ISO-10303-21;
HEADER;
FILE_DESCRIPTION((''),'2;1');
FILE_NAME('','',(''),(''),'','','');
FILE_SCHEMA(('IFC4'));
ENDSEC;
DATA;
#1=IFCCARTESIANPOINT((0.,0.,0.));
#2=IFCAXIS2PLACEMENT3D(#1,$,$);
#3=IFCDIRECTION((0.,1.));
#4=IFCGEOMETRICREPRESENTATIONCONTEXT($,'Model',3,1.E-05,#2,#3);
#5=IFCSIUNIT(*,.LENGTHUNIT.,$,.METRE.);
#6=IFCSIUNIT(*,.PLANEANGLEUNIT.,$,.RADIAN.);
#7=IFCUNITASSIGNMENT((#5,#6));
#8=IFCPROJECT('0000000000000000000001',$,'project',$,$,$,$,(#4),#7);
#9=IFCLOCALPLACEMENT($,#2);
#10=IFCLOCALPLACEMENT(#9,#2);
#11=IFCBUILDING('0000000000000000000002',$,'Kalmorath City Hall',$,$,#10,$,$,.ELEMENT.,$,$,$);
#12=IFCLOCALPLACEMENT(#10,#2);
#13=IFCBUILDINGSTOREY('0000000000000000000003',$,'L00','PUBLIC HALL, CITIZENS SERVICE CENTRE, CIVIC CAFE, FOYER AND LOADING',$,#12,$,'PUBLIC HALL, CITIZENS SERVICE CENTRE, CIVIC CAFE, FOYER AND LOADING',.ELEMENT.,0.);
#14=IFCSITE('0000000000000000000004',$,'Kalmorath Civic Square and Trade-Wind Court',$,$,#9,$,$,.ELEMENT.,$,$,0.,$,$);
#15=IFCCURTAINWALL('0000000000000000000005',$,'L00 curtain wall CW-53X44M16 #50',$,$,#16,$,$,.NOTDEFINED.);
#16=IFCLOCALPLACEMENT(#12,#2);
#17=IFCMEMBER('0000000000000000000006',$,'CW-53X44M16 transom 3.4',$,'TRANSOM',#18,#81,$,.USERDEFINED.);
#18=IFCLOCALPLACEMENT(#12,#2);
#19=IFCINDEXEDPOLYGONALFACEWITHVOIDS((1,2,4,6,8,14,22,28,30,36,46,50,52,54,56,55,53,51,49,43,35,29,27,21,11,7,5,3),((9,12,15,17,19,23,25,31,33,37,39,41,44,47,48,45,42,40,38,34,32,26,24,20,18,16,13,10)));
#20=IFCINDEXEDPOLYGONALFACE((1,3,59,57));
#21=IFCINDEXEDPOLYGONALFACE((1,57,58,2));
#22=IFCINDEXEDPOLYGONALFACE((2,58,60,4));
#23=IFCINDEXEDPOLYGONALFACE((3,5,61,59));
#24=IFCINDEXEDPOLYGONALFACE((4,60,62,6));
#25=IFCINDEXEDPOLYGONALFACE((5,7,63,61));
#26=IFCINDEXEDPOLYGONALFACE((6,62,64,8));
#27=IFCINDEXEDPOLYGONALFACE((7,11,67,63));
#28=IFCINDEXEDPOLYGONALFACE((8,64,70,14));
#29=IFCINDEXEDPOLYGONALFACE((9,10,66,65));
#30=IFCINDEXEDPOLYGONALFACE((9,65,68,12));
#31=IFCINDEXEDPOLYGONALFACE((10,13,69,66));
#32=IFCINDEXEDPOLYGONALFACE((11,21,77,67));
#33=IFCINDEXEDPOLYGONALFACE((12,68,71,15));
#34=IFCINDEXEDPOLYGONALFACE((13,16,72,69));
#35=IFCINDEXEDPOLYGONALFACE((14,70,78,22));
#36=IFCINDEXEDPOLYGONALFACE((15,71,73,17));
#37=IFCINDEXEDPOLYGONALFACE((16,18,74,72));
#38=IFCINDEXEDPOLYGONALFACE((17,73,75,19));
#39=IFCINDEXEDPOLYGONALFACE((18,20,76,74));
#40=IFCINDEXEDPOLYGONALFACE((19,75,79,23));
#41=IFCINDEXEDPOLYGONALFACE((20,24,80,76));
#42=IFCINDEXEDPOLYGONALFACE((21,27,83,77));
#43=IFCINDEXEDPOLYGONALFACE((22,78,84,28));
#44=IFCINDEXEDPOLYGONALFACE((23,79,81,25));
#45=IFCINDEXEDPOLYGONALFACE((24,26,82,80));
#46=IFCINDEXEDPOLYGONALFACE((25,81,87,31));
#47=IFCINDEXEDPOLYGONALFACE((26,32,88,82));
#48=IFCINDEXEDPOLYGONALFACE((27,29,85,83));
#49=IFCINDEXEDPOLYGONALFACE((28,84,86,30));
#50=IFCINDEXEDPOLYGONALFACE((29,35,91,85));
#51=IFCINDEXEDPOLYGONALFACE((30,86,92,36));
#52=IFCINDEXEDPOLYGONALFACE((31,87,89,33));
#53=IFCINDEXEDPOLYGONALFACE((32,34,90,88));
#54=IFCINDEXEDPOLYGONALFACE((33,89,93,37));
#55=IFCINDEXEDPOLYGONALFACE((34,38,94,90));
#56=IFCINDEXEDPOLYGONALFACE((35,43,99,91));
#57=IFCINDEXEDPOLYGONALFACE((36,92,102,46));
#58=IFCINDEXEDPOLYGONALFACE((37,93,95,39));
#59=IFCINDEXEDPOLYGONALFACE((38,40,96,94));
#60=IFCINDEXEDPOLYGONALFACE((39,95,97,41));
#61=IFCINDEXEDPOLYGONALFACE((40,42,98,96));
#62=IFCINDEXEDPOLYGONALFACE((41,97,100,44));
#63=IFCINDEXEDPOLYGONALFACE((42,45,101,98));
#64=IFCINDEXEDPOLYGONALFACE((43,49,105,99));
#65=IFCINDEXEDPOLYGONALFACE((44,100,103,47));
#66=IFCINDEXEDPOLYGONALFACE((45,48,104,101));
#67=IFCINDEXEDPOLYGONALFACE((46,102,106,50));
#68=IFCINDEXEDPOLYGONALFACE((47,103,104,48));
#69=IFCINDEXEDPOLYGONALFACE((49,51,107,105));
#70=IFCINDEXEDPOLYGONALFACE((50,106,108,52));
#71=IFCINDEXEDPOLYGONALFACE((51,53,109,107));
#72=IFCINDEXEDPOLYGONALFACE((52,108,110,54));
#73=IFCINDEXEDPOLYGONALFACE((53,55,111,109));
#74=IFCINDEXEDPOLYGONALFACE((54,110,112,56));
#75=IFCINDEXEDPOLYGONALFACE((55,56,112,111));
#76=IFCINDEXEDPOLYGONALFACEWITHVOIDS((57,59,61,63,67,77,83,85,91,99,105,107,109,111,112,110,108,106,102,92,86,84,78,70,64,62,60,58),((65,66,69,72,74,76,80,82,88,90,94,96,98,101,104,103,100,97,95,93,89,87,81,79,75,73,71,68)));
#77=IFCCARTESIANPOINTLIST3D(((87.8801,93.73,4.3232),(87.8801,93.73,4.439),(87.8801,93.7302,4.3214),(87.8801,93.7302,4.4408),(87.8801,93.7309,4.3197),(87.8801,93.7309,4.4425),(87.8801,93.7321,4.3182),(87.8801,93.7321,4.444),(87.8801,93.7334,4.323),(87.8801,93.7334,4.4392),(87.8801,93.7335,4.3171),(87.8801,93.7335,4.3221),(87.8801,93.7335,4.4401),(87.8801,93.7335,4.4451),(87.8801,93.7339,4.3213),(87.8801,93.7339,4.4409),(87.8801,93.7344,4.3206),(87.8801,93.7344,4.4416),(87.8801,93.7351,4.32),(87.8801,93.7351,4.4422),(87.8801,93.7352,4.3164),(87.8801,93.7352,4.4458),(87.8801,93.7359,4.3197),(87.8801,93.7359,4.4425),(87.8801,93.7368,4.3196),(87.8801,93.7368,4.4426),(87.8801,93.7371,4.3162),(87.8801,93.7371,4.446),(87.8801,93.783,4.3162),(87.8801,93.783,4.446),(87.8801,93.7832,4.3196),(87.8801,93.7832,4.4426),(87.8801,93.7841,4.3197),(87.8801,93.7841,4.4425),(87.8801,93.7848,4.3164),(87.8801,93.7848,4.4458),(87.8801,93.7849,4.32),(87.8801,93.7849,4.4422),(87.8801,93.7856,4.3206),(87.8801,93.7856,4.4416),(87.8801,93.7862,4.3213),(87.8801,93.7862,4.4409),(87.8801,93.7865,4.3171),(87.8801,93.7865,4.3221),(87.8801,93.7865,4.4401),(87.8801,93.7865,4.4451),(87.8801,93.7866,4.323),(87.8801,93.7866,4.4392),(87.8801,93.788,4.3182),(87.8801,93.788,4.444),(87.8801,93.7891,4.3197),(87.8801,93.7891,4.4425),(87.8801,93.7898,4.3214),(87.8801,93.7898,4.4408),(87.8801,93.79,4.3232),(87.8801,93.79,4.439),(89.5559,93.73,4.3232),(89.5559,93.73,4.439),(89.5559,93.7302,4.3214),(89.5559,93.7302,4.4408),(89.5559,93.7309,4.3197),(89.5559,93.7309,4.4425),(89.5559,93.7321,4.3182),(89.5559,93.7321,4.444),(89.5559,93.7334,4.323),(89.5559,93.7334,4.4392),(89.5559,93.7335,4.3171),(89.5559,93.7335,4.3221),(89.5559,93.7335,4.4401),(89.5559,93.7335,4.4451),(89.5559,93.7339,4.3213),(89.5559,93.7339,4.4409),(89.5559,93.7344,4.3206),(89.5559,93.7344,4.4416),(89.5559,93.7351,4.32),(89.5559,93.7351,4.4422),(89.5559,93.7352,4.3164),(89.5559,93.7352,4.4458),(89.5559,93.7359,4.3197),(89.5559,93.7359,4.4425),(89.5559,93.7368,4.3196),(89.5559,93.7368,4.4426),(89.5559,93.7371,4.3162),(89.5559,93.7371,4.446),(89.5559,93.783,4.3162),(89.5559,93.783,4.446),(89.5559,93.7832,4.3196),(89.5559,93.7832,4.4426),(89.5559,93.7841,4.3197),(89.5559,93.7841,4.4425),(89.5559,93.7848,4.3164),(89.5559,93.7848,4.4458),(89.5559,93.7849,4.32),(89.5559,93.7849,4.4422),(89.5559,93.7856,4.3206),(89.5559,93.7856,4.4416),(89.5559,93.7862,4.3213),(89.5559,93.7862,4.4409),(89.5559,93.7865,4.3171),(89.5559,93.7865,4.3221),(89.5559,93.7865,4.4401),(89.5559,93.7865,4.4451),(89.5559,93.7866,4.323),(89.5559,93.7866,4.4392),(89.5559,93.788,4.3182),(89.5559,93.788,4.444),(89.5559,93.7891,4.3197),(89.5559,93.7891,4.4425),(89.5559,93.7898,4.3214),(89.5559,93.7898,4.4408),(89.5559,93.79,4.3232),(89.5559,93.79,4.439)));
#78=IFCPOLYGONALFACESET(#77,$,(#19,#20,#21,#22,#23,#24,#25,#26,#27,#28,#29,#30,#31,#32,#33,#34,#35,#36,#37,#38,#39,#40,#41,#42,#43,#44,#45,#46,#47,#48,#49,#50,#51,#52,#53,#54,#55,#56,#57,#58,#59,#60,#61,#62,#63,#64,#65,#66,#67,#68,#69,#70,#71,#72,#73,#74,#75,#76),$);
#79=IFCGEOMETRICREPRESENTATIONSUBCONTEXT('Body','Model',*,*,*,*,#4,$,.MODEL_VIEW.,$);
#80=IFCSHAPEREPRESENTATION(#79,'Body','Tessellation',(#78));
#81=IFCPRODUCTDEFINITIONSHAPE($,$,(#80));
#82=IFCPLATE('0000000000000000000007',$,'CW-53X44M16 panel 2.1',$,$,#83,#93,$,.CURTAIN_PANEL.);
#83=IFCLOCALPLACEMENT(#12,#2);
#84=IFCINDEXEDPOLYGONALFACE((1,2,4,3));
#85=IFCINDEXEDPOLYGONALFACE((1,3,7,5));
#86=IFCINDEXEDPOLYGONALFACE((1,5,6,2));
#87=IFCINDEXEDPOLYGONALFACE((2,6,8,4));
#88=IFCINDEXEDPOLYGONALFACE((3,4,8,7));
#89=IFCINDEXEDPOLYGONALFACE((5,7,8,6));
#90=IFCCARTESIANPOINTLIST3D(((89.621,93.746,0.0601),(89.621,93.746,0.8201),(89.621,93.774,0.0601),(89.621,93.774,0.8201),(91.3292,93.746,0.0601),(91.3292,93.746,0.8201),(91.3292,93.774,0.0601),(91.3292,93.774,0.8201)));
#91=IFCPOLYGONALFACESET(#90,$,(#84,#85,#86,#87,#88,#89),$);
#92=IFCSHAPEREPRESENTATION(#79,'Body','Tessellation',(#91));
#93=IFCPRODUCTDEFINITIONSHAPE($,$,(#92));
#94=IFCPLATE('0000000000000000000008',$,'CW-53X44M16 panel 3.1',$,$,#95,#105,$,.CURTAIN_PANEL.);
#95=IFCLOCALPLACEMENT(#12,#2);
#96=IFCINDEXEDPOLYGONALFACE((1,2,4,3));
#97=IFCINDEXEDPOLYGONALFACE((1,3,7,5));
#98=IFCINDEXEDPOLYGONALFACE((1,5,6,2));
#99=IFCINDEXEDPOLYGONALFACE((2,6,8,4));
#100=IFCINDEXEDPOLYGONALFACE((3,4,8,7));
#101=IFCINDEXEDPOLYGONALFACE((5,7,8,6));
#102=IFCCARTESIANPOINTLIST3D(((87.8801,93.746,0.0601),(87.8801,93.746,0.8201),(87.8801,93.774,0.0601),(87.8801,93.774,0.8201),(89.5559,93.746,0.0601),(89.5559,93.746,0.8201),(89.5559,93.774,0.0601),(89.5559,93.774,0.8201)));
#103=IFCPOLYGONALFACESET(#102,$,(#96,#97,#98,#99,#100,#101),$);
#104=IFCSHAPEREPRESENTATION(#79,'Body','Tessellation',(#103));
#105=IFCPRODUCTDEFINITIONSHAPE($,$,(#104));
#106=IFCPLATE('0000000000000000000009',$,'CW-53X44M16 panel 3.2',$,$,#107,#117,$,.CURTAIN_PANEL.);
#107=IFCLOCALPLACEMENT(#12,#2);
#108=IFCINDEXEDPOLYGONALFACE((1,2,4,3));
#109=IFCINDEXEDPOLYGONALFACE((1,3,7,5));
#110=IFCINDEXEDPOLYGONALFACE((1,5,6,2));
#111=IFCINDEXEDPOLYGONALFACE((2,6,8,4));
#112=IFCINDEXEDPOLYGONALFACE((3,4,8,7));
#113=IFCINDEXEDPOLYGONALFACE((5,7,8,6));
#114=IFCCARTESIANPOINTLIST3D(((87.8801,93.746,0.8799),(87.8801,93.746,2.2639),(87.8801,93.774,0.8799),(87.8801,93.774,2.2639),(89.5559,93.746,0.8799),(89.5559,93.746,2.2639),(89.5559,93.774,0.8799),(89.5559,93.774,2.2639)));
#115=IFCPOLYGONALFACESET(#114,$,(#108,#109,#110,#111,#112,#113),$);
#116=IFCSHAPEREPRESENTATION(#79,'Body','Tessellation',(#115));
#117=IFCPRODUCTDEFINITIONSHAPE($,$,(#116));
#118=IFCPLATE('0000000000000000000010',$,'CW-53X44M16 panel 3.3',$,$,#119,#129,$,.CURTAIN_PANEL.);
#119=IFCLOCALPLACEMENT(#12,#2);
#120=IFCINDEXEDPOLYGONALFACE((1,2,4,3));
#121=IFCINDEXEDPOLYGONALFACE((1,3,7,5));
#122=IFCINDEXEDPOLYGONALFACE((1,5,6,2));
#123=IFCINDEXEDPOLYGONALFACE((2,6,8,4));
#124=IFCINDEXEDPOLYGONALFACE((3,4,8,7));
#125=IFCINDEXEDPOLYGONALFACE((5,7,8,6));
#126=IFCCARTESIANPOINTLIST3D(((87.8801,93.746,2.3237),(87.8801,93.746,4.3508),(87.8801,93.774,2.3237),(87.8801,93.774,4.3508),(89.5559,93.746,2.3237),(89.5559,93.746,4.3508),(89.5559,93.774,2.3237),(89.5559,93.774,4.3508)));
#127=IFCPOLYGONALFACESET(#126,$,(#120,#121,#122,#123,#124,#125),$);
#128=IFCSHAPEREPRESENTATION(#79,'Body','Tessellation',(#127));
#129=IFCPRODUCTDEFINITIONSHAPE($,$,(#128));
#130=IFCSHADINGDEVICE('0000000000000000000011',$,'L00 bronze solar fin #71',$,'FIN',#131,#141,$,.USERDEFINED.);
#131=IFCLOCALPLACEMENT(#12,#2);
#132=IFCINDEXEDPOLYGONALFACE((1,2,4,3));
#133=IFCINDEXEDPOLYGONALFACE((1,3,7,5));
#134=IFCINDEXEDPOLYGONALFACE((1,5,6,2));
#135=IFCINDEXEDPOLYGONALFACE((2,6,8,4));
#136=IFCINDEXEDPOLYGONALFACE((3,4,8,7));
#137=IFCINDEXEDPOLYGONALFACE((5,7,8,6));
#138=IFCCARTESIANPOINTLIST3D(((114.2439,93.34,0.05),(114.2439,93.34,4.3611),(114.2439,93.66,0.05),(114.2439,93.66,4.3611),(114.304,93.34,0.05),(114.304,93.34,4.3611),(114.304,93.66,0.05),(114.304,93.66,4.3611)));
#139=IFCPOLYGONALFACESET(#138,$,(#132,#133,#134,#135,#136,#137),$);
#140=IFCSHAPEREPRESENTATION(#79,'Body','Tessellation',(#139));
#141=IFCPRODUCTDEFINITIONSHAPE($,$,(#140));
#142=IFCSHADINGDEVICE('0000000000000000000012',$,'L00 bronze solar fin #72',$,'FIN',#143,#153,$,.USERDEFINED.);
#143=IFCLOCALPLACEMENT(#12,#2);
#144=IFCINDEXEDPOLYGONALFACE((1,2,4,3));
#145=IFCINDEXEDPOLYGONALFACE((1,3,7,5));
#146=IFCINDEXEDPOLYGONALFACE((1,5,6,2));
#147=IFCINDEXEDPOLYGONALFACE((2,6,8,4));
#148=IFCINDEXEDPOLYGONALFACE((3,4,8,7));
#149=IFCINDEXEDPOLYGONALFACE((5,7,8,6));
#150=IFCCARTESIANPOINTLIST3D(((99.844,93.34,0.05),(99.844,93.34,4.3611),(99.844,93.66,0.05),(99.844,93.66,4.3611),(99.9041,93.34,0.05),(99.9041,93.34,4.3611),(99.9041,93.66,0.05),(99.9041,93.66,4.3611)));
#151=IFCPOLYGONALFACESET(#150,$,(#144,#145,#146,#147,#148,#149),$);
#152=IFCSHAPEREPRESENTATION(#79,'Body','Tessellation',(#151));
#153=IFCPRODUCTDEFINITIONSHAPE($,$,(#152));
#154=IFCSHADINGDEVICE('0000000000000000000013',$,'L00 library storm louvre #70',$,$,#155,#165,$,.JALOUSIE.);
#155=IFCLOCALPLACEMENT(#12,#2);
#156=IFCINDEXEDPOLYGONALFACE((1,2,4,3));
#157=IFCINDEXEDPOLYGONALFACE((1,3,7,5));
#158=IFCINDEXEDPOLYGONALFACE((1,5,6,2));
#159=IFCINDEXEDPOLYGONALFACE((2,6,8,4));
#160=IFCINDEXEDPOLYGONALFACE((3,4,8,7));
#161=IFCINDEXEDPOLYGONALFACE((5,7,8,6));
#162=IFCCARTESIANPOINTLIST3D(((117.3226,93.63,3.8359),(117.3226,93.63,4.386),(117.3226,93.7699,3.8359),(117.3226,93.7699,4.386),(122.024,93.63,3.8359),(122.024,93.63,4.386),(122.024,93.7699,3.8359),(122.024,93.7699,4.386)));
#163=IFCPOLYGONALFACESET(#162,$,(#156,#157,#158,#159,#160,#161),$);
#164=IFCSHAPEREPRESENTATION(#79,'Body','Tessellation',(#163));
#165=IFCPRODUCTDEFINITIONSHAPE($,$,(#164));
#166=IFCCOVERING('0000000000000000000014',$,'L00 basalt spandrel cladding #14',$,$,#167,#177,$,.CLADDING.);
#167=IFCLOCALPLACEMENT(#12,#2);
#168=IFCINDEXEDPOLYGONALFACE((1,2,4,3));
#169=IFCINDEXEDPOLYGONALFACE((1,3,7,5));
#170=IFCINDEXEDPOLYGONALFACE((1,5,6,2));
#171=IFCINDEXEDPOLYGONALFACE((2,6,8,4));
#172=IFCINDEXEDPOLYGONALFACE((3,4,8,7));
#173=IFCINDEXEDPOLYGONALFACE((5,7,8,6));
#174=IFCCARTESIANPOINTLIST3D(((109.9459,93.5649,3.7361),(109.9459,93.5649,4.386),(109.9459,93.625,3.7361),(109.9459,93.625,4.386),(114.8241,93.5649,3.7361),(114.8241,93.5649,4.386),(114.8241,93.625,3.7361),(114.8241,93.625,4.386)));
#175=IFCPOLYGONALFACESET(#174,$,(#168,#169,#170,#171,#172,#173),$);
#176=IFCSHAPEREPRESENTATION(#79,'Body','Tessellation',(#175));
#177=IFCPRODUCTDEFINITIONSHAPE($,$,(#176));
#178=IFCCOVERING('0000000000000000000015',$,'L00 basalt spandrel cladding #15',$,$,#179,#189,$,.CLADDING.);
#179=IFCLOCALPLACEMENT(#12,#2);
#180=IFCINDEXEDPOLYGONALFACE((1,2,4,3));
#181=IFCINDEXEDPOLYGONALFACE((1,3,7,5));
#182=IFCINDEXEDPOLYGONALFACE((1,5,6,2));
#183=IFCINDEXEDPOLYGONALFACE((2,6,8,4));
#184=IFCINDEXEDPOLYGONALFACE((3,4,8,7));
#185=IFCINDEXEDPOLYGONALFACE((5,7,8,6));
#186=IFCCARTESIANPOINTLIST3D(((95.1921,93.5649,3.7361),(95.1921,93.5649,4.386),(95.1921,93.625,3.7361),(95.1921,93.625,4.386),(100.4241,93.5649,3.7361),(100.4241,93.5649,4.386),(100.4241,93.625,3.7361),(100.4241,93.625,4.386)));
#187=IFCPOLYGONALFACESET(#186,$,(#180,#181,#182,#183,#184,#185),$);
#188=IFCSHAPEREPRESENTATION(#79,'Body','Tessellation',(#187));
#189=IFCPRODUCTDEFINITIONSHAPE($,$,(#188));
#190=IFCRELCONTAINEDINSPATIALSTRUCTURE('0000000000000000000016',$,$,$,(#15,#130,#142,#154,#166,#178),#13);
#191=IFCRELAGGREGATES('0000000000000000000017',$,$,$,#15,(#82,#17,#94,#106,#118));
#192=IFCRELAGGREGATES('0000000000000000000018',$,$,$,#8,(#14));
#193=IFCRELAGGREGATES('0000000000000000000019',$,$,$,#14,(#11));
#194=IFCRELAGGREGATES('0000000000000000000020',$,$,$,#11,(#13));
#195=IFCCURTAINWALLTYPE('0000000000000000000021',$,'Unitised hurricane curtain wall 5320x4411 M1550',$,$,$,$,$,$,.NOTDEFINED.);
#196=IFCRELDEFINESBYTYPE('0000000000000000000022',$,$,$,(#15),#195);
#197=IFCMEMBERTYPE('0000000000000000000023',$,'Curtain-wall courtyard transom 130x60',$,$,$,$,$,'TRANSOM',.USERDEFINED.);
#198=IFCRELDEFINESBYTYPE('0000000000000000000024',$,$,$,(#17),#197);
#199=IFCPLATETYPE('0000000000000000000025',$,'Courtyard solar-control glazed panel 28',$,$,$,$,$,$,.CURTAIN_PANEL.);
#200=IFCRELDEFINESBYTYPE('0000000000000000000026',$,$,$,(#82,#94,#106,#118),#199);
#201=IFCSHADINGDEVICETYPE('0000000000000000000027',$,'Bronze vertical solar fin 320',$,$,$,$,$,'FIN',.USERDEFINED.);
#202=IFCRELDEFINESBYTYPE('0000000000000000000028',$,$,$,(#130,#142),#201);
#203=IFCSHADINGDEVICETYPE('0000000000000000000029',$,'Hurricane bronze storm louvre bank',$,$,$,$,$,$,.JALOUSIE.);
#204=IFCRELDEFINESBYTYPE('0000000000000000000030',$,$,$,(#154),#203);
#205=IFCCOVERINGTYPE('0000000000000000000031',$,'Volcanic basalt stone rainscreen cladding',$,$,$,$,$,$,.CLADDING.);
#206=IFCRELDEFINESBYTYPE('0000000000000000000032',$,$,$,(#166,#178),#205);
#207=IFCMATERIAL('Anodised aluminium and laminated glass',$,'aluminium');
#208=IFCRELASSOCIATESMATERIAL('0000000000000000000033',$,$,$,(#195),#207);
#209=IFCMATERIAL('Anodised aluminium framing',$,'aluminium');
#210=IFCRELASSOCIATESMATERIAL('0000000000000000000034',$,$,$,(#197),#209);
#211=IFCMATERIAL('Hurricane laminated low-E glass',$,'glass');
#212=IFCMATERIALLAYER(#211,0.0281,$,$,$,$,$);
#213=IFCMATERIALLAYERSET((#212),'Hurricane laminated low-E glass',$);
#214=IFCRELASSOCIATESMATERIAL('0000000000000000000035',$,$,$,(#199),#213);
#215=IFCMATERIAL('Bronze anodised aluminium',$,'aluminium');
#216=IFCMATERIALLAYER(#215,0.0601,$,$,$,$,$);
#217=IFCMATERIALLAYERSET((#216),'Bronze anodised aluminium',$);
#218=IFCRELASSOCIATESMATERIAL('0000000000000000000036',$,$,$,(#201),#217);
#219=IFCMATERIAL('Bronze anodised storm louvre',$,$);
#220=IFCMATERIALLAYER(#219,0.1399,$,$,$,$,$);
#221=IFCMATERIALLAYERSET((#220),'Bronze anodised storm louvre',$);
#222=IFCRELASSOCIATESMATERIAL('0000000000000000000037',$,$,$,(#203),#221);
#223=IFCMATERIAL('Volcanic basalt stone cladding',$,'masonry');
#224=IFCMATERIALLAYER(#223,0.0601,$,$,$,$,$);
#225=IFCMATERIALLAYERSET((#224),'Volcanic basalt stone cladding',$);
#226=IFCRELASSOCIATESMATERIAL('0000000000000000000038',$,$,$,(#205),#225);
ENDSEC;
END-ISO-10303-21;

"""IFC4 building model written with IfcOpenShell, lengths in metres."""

from ifc_helpers import new_model, si_unit, direction, frame, origin, origin_2d, place, context, subcontext, project, spatial, rectangle, hollow_rectangle, extrude, material, layer, layer_set, material_profile, profile_set, type_object, element, aggregate, save


model = new_model("IFC4")

# Units and contexts
model_context = context("Model", 3, precision=1e-05, world=origin(), true_north=direction((0.0, 1.0)))
body_context = subcontext(model_context, "Body", "Model", "MODEL_VIEW")
ifc_project = project(units=[si_unit("LENGTHUNIT", "METRE"), si_unit("PLANEANGLEUNIT", "RADIAN")], contexts=[model_context])

# Site, building, storey
site_placement = place(None, origin())
site = spatial("IfcSite", under=ifc_project, at=site_placement, Name="Kalmorath Civic Square and Trade-Wind Court", CompositionType="ELEMENT", RefElevation=0.0)
building_placement = place(site_placement, origin())
building = spatial("IfcBuilding", under=site, at=building_placement, Name="Kalmorath City Hall", CompositionType="ELEMENT")
storey_placement = place(building_placement, origin())
storey = spatial("IfcBuildingStorey", under=building, at=storey_placement, Name="L00", Description="PUBLIC HALL, CITIZENS SERVICE CENTRE, CIVIC CAFE, FOYER AND LOADING", LongName="PUBLIC HALL, CITIZENS SERVICE CENTRE, CIVIC CAFE, FOYER AND LOADING", CompositionType="ELEMENT", Elevation=0.0)

# Curtain wall, member, plates
ifc_material_1 = material(Name="Anodised aluminium and laminated glass", Category="aluminium")
curtain_wall_type = type_object("IfcCurtainWallType", Name="Unitised hurricane curtain wall 5320x4411 M1550", PredefinedType="NOTDEFINED", material=ifc_material_1)
curtain_wall_placement = place(storey_placement, origin())
curtain_wall = element("IfcCurtainWall", 1, at=curtain_wall_placement, inside=storey, type_object=curtain_wall_type, Name="L00 curtain wall CW-53X44M16 #50", PredefinedType="NOTDEFINED")
ifc_material_2 = material(Name="Anodised aluminium framing", Category="aluminium")
ifc_material_profile_1 = material_profile(ifc_material_2, hollow_rectangle(XDim=0.0601, YDim=0.1299, WallThickness=0.0034, InnerFilletRadius=0.0034, OuterFilletRadius=0.0071, at=origin_2d()), Name="ALU-TRN-130X60X3.5")
ifc_profile_set_1 = profile_set([ifc_material_profile_1], Name="Anodised aluminium framing")
member_type_1 = type_object("IfcMemberType", Name="Curtain-wall courtyard transom 130x60", ElementType="TRANSOM", PredefinedType="USERDEFINED", material=ifc_profile_set_1)
member_1_placement = place(storey_placement, frame((89.5559, 93.76, 4.3811), z_axis=(-1.0, 0.0, 0.0), x_axis=(0.0, -1.0, 0.0)))
member_1 = element("IfcMember", 2, at=member_1_placement, type_object=member_type_1, Name="CW-53X44M16 transom 3.4", ObjectType="TRANSOM", PredefinedType="USERDEFINED", context=body_context, shape_type="SweptSolid", body=[
    extrude(hollow_rectangle(XDim=0.0601, YDim=0.1299, WallThickness=0.0034, InnerFilletRadius=0.0034, OuterFilletRadius=0.0071, at=origin_2d()), origin(), (0.0, 0.0, 1.0), 1.6758),
])
ifc_material_3 = material(Name="Hurricane laminated low-E glass", Category="glass")
ifc_layer_1 = layer(ifc_material_3, 0.0281)
ifc_layer_set_1 = layer_set([ifc_layer_1], Name="Hurricane laminated low-E glass")
plate_type = type_object("IfcPlateType", Name="Courtyard solar-control glazed panel 28", PredefinedType="CURTAIN_PANEL", material=ifc_layer_set_1)
plate_1_placement = place(storey_placement, frame((90.4751, 93.76, 0.0601), z_axis=(0.0, 0.0, 1.0), x_axis=(-1.0, 0.0, 0.0)))
plate_1 = element("IfcPlate", 3, at=plate_1_placement, type_object=plate_type, Name="CW-53X44M16 panel 2.1", PredefinedType="CURTAIN_PANEL", context=body_context, shape_type="SweptSolid", body=[
    extrude(rectangle(XDim=1.7083, YDim=0.0281, at=origin_2d()), origin(), (0.0, 0.0, 1.0), 0.76),
])
plate_2_placement = place(storey_placement, frame((88.718, 93.76, 0.0601), z_axis=(0.0, 0.0, 1.0), x_axis=(-1.0, 0.0, 0.0)))
plate_2 = element("IfcPlate", 4, at=plate_2_placement, type_object=plate_type, Name="CW-53X44M16 panel 3.1", PredefinedType="CURTAIN_PANEL", context=body_context, shape_type="SweptSolid", body=[
    extrude(rectangle(XDim=1.6758, YDim=0.0281, at=origin_2d()), origin(), (0.0, 0.0, 1.0), 0.76),
])
plate_3_placement = place(storey_placement, frame((88.718, 93.76, 0.8799), z_axis=(0.0, 0.0, 1.0), x_axis=(-1.0, 0.0, 0.0)))
plate_3 = element("IfcPlate", 5, at=plate_3_placement, type_object=plate_type, Name="CW-53X44M16 panel 3.2", PredefinedType="CURTAIN_PANEL", context=body_context, shape_type="SweptSolid", body=[
    extrude(rectangle(XDim=1.6758, YDim=0.0281, at=origin_2d()), origin(), (0.0, 0.0, 1.0), 1.384),
])
plate_4_placement = place(storey_placement, frame((88.718, 93.76, 2.3237), z_axis=(0.0, 0.0, 1.0), x_axis=(-1.0, 0.0, 0.0)))
plate_4 = element("IfcPlate", 6, at=plate_4_placement, type_object=plate_type, Name="CW-53X44M16 panel 3.3", PredefinedType="CURTAIN_PANEL", context=body_context, shape_type="SweptSolid", body=[
    extrude(rectangle(XDim=1.6758, YDim=0.0281, at=origin_2d()), origin(), (0.0, 0.0, 1.0), 2.0271),
])
aggregate(curtain_wall, [plate_1, member_1, plate_2, plate_3, plate_4])

# Shading devices
ifc_material_4 = material(Name="Bronze anodised aluminium", Category="aluminium")
ifc_layer_2 = layer(ifc_material_4, 0.0601)
ifc_layer_set_2 = layer_set([ifc_layer_2], Name="Bronze anodised aluminium")
shading_device_type_1 = type_object("IfcShadingDeviceType", Name="Bronze vertical solar fin 320", ElementType="FIN", PredefinedType="USERDEFINED", material=ifc_layer_set_2)
for number, where, z_axis, x_axis, name in (
    (7, (114.2739, 93.5, 0.05), (0.0, 0.0, 1.0), (-1.0, 0.0, 0.0), "L00 bronze solar fin #71"),
    (8, (99.874, 93.5, 0.05), (0.0, 0.0, 1.0), (-1.0, 0.0, 0.0), "L00 bronze solar fin #72"),
):
    element("IfcShadingDevice", number, at=place(storey_placement, frame(where, z_axis=z_axis, x_axis=x_axis)), inside=storey, type_object=shading_device_type_1, Name=name, ObjectType="FIN", PredefinedType="USERDEFINED", context=body_context, shape_type="SweptSolid", body=[
        extrude(rectangle(XDim=0.0601, YDim=0.3201, at=origin_2d()), origin(), (0.0, 0.0, 1.0), 4.311),
    ])
ifc_material_5 = material(Name="Bronze anodised storm louvre")
ifc_layer_3 = layer(ifc_material_5, 0.1399)
ifc_layer_set_3 = layer_set([ifc_layer_3], Name="Bronze anodised storm louvre")
shading_device_type_2 = type_object("IfcShadingDeviceType", Name="Hurricane bronze storm louvre bank", PredefinedType="JALOUSIE", material=ifc_layer_set_3)
shading_device_placement = place(storey_placement, frame((119.6733, 93.7, 3.8359), z_axis=(0.0, 0.0, 1.0), x_axis=(-1.0, 0.0, 0.0)))
element("IfcShadingDevice", 9, at=shading_device_placement, inside=storey, type_object=shading_device_type_2, Name="L00 library storm louvre #70", PredefinedType="JALOUSIE", context=body_context, shape_type="SweptSolid", body=[
    extrude(rectangle(XDim=4.7014, YDim=0.1399, at=origin_2d()), origin(), (0.0, 0.0, 1.0), 0.55),
])

# Coverings
ifc_material_6 = material(Name="Volcanic basalt stone cladding", Category="masonry")
ifc_layer_4 = layer(ifc_material_6, 0.0601)
ifc_layer_set_4 = layer_set([ifc_layer_4], Name="Volcanic basalt stone cladding")
covering_type = type_object("IfcCoveringType", Name="Volcanic basalt stone rainscreen cladding", PredefinedType="CLADDING", material=ifc_layer_set_4)
covering_1_placement = place(storey_placement, frame((112.385, 93.595, 3.7361), z_axis=(0.0, 0.0, 1.0), x_axis=(-1.0, 0.0, 0.0)))
element("IfcCovering", 10, at=covering_1_placement, inside=storey, type_object=covering_type, Name="L00 basalt spandrel cladding #14", PredefinedType="CLADDING", context=body_context, shape_type="SweptSolid", body=[
    extrude(rectangle(XDim=4.8782, YDim=0.0601, at=origin_2d()), origin(), (0.0, 0.0, 1.0), 0.6499),
])
covering_2_placement = place(storey_placement, frame((97.8081, 93.595, 3.7361), z_axis=(0.0, 0.0, 1.0), x_axis=(-1.0, 0.0, 0.0)))
element("IfcCovering", 11, at=covering_2_placement, inside=storey, type_object=covering_type, Name="L00 basalt spandrel cladding #15", PredefinedType="CLADDING", context=body_context, shape_type="SweptSolid", body=[
    extrude(rectangle(XDim=5.2319, YDim=0.0601, at=origin_2d()), origin(), (0.0, 0.0, 1.0), 0.6499),
])

save(model, "model.ifc")
